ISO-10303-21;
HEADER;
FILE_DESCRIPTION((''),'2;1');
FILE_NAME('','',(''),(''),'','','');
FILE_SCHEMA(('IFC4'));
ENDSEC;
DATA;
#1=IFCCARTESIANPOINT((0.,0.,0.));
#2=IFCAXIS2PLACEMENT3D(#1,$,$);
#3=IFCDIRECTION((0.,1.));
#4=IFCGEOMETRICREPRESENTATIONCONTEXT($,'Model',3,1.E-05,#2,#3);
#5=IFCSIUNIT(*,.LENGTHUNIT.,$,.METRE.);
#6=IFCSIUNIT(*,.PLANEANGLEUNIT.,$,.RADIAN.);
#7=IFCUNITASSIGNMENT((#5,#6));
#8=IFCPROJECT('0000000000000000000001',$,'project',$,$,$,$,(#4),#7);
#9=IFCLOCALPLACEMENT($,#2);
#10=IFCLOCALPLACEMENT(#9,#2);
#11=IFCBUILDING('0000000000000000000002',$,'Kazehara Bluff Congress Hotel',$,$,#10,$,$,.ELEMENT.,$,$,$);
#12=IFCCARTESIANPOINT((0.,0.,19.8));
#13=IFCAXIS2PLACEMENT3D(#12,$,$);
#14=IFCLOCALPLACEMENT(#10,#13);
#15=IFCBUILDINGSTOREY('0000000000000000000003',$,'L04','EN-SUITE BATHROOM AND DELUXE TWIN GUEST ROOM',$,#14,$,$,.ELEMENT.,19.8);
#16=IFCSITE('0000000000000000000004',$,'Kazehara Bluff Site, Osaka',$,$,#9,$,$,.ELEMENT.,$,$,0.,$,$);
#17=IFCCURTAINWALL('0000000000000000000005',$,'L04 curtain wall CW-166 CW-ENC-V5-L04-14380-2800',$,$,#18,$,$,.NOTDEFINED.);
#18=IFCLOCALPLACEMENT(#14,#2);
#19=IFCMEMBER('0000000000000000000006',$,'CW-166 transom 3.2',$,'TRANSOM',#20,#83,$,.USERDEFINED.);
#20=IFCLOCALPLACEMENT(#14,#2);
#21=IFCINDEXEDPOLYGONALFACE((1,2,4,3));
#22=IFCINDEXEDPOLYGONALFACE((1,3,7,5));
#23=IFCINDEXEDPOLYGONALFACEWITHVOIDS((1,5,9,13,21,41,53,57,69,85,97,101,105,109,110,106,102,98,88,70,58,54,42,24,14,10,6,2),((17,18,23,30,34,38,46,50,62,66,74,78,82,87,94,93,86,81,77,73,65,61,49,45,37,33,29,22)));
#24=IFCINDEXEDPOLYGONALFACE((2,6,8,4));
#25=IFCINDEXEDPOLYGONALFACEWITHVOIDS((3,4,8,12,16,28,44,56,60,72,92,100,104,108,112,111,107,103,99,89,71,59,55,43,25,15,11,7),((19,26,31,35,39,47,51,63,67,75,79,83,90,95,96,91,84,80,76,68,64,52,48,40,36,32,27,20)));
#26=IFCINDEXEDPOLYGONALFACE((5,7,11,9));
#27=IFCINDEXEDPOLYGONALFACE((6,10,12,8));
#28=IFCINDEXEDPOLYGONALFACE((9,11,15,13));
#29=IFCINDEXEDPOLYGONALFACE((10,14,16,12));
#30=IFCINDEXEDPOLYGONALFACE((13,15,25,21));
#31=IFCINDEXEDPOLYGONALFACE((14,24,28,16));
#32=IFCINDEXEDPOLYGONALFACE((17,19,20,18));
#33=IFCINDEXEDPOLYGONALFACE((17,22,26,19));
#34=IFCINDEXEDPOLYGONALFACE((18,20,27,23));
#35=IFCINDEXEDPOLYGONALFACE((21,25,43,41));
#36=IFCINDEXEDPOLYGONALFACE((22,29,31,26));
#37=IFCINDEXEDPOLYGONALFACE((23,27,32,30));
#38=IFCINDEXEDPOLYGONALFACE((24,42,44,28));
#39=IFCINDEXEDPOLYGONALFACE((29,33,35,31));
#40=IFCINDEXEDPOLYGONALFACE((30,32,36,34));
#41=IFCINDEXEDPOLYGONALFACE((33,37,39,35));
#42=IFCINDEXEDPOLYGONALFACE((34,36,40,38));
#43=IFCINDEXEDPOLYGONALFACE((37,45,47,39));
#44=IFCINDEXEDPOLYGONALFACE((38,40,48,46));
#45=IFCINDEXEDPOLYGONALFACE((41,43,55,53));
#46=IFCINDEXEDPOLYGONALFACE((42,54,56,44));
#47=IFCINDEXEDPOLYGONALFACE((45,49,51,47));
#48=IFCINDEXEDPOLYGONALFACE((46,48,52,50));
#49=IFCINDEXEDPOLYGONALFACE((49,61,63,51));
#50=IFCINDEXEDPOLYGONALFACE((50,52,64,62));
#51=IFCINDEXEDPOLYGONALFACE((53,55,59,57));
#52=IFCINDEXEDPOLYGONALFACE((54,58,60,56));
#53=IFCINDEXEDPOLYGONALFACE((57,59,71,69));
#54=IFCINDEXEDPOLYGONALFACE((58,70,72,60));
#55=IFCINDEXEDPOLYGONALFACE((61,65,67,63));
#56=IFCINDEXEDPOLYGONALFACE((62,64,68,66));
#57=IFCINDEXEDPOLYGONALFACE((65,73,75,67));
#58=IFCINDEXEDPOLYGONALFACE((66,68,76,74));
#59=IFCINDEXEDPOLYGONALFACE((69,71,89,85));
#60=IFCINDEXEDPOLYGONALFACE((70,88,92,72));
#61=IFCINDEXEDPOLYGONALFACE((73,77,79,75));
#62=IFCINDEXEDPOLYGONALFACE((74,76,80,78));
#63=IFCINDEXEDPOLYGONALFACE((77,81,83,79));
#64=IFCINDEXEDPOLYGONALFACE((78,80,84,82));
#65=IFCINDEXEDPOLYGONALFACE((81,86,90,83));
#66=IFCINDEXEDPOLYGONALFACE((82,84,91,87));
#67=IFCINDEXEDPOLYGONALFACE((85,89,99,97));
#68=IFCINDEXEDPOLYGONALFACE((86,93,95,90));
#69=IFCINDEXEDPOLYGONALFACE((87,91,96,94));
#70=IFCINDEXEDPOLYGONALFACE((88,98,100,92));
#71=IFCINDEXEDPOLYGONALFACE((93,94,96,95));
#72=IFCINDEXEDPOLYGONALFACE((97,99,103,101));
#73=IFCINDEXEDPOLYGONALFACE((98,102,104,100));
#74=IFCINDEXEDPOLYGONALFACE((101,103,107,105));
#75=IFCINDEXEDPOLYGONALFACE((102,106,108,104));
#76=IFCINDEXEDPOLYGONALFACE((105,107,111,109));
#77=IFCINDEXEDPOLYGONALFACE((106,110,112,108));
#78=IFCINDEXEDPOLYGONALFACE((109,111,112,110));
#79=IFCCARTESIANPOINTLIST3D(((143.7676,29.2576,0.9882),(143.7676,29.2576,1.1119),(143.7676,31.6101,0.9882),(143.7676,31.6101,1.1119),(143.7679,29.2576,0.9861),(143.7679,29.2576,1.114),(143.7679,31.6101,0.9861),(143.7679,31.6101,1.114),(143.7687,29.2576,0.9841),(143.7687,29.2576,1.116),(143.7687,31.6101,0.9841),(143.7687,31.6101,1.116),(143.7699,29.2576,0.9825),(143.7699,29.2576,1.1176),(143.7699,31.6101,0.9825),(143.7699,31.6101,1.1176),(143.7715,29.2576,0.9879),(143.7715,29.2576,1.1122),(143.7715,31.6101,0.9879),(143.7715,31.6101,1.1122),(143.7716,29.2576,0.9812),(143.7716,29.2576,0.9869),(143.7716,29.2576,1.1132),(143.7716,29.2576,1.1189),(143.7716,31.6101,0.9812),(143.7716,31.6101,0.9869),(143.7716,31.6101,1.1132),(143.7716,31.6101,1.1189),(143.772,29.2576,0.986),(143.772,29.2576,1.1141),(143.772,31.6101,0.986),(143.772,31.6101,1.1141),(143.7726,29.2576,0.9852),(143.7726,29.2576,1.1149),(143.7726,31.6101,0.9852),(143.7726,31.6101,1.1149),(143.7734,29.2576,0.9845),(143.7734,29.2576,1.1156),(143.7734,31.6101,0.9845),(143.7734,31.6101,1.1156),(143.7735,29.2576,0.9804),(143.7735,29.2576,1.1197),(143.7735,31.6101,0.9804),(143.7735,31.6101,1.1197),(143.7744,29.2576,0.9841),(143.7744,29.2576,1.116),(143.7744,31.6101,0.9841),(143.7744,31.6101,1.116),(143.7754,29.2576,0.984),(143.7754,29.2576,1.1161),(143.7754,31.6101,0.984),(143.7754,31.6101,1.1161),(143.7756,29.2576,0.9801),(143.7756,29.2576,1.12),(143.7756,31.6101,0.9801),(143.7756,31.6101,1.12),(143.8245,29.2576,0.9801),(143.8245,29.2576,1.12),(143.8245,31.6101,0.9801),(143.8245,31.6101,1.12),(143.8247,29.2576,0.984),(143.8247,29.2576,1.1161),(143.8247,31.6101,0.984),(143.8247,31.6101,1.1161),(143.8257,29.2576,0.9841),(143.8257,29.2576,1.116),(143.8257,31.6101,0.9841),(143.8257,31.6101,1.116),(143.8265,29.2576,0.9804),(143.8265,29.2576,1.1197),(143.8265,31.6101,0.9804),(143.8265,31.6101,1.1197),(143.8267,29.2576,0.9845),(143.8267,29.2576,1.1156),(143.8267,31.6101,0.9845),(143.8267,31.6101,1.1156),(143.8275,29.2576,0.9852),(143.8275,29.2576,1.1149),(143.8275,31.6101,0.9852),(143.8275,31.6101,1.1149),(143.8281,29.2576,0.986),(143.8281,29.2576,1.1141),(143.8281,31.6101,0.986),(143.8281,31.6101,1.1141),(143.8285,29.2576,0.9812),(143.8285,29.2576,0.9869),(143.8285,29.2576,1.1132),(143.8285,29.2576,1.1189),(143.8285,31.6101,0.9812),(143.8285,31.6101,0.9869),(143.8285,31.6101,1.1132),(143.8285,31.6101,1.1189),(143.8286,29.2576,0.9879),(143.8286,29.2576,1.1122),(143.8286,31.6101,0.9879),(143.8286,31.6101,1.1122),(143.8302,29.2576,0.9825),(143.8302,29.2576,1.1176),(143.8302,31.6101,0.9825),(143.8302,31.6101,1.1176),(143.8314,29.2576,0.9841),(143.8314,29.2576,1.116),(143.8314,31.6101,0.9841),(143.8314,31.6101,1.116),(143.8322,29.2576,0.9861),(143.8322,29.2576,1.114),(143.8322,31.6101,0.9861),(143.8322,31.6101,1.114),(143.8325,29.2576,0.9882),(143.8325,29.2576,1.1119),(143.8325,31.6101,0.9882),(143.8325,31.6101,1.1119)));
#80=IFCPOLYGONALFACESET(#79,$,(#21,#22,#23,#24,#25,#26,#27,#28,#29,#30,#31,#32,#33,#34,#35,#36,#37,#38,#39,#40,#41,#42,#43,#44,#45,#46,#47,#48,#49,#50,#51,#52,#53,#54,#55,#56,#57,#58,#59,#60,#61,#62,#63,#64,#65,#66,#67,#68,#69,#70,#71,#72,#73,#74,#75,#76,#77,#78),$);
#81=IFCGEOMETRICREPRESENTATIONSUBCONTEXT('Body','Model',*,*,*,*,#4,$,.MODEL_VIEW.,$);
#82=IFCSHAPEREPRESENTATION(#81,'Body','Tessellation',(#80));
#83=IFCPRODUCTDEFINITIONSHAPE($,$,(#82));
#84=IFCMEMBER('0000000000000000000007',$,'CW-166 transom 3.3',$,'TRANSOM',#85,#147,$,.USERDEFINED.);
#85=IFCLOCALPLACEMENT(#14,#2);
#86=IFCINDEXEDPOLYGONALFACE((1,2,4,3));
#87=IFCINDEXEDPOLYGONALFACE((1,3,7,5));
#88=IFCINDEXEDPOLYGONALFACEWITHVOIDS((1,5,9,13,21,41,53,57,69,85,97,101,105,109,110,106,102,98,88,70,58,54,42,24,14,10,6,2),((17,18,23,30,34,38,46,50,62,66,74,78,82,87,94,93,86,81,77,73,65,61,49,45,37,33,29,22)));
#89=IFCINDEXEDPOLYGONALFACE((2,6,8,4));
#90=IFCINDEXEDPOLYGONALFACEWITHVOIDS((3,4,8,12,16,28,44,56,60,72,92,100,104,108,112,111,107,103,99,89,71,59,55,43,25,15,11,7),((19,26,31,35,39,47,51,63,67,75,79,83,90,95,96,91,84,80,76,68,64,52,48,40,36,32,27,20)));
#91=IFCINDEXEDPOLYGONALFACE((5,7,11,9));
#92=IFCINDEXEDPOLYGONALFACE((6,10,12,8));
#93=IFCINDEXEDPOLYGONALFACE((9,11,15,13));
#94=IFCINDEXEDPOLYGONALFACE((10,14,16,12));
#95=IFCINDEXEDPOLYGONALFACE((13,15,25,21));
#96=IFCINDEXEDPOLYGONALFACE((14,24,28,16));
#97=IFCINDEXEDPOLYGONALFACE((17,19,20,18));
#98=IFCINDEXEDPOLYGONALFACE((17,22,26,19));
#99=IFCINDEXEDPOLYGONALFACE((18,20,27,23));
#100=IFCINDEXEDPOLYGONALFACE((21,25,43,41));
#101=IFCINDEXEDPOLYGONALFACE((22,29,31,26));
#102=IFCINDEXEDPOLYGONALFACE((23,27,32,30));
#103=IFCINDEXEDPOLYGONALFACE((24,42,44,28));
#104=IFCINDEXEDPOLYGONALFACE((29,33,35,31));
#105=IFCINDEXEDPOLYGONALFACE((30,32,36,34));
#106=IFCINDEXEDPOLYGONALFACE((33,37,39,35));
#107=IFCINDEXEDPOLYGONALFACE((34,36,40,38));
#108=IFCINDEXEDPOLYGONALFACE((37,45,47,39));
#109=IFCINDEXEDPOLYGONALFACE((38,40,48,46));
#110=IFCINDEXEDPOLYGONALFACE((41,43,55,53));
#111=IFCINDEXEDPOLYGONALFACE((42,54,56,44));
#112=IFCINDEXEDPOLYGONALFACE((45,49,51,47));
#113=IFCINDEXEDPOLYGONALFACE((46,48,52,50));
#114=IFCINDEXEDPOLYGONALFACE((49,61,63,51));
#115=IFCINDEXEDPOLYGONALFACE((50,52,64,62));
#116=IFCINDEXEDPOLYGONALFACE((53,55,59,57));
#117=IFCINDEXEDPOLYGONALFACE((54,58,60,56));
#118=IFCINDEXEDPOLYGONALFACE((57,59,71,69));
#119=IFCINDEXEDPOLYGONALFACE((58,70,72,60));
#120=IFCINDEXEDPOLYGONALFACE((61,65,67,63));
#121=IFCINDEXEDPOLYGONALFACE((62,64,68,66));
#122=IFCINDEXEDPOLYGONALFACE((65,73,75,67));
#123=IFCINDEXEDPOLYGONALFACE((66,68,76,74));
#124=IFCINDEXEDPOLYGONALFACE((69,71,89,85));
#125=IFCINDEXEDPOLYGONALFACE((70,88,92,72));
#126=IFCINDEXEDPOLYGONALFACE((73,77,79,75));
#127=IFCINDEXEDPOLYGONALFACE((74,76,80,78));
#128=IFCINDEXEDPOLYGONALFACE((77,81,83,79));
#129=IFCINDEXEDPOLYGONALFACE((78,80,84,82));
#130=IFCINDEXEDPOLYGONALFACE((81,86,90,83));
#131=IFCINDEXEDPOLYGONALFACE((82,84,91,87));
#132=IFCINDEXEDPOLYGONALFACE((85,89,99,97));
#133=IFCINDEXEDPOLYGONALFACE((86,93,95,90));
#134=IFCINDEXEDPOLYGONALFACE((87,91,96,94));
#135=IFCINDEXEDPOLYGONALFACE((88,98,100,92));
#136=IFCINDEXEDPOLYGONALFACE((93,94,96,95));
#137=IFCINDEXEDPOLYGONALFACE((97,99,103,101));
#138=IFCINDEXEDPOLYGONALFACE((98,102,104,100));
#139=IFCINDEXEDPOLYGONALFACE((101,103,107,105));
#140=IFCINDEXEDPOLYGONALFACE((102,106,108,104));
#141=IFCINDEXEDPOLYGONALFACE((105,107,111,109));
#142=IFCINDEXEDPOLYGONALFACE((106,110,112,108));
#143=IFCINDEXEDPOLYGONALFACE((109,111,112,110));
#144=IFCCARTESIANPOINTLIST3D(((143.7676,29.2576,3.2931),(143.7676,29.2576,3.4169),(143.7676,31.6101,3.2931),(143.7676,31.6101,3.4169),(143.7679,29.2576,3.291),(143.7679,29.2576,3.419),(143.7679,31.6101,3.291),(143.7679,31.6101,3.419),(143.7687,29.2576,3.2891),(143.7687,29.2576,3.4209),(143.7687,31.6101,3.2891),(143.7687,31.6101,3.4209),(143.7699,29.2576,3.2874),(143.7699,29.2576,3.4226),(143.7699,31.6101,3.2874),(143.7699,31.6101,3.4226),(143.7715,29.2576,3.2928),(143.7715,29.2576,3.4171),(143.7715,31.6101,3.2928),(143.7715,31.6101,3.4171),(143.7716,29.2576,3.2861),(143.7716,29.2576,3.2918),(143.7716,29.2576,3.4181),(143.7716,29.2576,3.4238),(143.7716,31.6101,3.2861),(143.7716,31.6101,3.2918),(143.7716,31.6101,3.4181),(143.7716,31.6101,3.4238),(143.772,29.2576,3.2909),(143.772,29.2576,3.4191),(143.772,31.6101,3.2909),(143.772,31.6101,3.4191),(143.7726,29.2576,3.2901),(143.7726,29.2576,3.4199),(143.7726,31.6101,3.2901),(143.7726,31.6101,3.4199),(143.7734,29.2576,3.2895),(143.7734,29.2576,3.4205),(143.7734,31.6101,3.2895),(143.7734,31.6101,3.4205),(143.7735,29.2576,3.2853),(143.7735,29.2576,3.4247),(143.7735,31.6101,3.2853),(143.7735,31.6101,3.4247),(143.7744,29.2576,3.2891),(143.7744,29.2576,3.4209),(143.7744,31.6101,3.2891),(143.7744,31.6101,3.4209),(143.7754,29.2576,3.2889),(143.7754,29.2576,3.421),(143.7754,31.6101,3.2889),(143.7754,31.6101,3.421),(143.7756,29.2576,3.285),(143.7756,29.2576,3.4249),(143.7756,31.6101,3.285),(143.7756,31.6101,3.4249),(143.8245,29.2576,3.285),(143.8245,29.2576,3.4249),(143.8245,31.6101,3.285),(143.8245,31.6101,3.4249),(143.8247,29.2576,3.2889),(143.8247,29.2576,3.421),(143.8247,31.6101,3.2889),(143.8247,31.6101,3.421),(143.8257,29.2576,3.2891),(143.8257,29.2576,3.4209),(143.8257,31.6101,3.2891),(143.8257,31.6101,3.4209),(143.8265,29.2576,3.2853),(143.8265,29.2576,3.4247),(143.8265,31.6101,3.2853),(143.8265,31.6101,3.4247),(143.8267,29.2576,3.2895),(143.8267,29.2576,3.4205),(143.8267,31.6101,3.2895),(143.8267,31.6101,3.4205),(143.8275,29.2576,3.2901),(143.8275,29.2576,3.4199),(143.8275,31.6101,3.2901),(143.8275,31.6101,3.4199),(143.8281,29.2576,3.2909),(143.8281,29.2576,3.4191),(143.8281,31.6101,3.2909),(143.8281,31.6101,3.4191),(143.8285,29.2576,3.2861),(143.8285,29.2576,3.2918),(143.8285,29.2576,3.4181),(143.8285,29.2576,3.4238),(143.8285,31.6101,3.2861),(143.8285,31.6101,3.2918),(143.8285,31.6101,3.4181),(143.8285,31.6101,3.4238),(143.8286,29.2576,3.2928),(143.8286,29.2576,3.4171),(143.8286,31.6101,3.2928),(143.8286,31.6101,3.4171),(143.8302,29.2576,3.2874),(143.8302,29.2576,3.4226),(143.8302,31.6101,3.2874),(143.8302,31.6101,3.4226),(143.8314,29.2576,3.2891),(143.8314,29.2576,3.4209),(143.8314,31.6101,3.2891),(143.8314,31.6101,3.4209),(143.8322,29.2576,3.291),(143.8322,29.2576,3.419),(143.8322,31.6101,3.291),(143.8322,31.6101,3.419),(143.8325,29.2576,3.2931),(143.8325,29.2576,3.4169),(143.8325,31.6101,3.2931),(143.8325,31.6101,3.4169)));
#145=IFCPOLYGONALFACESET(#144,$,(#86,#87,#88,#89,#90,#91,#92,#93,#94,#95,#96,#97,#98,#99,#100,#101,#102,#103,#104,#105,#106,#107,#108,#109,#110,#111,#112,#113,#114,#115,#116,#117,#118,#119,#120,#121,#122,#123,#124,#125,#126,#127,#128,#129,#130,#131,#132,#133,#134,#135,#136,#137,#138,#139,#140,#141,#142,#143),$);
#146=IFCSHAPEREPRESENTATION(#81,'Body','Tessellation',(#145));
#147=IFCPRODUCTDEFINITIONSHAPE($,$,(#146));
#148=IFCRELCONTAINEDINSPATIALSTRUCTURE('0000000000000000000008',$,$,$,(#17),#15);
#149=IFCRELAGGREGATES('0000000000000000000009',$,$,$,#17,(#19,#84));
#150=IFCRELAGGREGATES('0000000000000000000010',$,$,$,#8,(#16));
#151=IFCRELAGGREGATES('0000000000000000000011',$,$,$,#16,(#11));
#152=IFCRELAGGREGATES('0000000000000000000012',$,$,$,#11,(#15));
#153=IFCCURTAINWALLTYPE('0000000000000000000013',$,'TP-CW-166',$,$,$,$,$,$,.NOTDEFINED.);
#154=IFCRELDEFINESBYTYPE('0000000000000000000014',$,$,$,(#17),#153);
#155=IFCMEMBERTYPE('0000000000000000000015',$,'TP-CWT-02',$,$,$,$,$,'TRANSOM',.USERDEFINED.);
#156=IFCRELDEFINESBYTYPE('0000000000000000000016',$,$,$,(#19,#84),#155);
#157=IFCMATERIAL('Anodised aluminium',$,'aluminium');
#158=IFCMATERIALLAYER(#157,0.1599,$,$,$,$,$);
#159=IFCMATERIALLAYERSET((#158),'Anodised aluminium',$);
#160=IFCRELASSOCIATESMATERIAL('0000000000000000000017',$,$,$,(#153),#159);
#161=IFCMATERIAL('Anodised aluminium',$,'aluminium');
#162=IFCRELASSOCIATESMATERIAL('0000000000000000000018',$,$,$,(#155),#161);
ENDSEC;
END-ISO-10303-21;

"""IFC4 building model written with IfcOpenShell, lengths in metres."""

from ifc_helpers import new_model, si_unit, direction, frame, origin, origin_2d, place, context, subcontext, project, spatial, hollow_rectangle, extrude, material, layer, layer_set, material_profile, profile_set, type_object, element, aggregate, save


model = new_model("IFC4")

# Units and contexts
model_context = context("Model", 3, precision=1e-05, world=origin(), true_north=direction((0.0, 1.0)))
body_context = subcontext(model_context, "Body", "Model", "MODEL_VIEW")
ifc_project = project(units=[si_unit("LENGTHUNIT", "METRE"), si_unit("PLANEANGLEUNIT", "RADIAN")], contexts=[model_context])

# Site, building, storey
site_placement = place(None, origin())
site = spatial("IfcSite", under=ifc_project, at=site_placement, Name="Kazehara Bluff Site, Osaka", CompositionType="ELEMENT", RefElevation=0.0)
building_placement = place(site_placement, origin())
building = spatial("IfcBuilding", under=site, at=building_placement, Name="Kazehara Bluff Congress Hotel", CompositionType="ELEMENT")
storey_placement = place(building_placement, frame((0.0, 0.0, 19.8)))
storey = spatial("IfcBuildingStorey", under=building, at=storey_placement, Name="L04", Description="EN-SUITE BATHROOM AND DELUXE TWIN GUEST ROOM", CompositionType="ELEMENT", Elevation=19.8)

# Curtain wall, members
ifc_material_1 = material(Name="Anodised aluminium", Category="aluminium")
ifc_layer_1 = layer(ifc_material_1, 0.1599)
ifc_layer_set_1 = layer_set([ifc_layer_1], Name="Anodised aluminium")
curtain_wall_type_1 = type_object("IfcCurtainWallType", Name="TP-CW-166", PredefinedType="NOTDEFINED", material=ifc_layer_set_1)
curtain_wall_1_placement = place(storey_placement, origin())
curtain_wall_1 = element("IfcCurtainWall", 1, at=curtain_wall_1_placement, inside=storey, type_object=curtain_wall_type_1, Name="L04 curtain wall CW-166 CW-ENC-V5-L04-14380-2800", PredefinedType="NOTDEFINED")
ifc_material_2 = material(Name="Anodised aluminium", Category="aluminium")
ifc_material_profile_1 = material_profile(ifc_material_2, hollow_rectangle(XDim=0.0649, YDim=0.1399, WallThickness=0.0039, InnerFilletRadius=0.0039, OuterFilletRadius=0.0081, at=origin_2d()))
ifc_profile_set_1 = profile_set([ifc_material_profile_1], Name="Anodised aluminium")
member_type_1 = type_object("IfcMemberType", Name="TP-CWT-02", ElementType="TRANSOM", PredefinedType="USERDEFINED", material=ifc_profile_set_1)
member_1_placement = place(storey_placement, frame((143.8, 29.2576, 1.05), z_axis=(0.0, 1.0, 0.0), x_axis=(-1.0, 0.0, 0.0)))
member_1 = element("IfcMember", 2, at=member_1_placement, type_object=member_type_1, Name="CW-166 transom 3.2", ObjectType="TRANSOM", PredefinedType="USERDEFINED", context=body_context, shape_type="SweptSolid", body=[
    extrude(hollow_rectangle(XDim=0.0649, YDim=0.1399, WallThickness=0.0039, InnerFilletRadius=0.0039, OuterFilletRadius=0.0081, at=origin_2d()), origin(), (0.0, 0.0, 1.0), 2.3525),
])
member_2_placement = place(storey_placement, frame((143.8, 29.2576, 3.355), z_axis=(0.0, 1.0, 0.0), x_axis=(-1.0, 0.0, 0.0)))
member_2 = element("IfcMember", 3, at=member_2_placement, type_object=member_type_1, Name="CW-166 transom 3.3", ObjectType="TRANSOM", PredefinedType="USERDEFINED", context=body_context, shape_type="SweptSolid", body=[
    extrude(hollow_rectangle(XDim=0.0649, YDim=0.1399, WallThickness=0.0039, InnerFilletRadius=0.0039, OuterFilletRadius=0.0081, at=origin_2d()), origin(), (0.0, 0.0, 1.0), 2.3525),
])

aggregate(curtain_wall_1, [member_1, member_2])

save(model, "model.ifc")
